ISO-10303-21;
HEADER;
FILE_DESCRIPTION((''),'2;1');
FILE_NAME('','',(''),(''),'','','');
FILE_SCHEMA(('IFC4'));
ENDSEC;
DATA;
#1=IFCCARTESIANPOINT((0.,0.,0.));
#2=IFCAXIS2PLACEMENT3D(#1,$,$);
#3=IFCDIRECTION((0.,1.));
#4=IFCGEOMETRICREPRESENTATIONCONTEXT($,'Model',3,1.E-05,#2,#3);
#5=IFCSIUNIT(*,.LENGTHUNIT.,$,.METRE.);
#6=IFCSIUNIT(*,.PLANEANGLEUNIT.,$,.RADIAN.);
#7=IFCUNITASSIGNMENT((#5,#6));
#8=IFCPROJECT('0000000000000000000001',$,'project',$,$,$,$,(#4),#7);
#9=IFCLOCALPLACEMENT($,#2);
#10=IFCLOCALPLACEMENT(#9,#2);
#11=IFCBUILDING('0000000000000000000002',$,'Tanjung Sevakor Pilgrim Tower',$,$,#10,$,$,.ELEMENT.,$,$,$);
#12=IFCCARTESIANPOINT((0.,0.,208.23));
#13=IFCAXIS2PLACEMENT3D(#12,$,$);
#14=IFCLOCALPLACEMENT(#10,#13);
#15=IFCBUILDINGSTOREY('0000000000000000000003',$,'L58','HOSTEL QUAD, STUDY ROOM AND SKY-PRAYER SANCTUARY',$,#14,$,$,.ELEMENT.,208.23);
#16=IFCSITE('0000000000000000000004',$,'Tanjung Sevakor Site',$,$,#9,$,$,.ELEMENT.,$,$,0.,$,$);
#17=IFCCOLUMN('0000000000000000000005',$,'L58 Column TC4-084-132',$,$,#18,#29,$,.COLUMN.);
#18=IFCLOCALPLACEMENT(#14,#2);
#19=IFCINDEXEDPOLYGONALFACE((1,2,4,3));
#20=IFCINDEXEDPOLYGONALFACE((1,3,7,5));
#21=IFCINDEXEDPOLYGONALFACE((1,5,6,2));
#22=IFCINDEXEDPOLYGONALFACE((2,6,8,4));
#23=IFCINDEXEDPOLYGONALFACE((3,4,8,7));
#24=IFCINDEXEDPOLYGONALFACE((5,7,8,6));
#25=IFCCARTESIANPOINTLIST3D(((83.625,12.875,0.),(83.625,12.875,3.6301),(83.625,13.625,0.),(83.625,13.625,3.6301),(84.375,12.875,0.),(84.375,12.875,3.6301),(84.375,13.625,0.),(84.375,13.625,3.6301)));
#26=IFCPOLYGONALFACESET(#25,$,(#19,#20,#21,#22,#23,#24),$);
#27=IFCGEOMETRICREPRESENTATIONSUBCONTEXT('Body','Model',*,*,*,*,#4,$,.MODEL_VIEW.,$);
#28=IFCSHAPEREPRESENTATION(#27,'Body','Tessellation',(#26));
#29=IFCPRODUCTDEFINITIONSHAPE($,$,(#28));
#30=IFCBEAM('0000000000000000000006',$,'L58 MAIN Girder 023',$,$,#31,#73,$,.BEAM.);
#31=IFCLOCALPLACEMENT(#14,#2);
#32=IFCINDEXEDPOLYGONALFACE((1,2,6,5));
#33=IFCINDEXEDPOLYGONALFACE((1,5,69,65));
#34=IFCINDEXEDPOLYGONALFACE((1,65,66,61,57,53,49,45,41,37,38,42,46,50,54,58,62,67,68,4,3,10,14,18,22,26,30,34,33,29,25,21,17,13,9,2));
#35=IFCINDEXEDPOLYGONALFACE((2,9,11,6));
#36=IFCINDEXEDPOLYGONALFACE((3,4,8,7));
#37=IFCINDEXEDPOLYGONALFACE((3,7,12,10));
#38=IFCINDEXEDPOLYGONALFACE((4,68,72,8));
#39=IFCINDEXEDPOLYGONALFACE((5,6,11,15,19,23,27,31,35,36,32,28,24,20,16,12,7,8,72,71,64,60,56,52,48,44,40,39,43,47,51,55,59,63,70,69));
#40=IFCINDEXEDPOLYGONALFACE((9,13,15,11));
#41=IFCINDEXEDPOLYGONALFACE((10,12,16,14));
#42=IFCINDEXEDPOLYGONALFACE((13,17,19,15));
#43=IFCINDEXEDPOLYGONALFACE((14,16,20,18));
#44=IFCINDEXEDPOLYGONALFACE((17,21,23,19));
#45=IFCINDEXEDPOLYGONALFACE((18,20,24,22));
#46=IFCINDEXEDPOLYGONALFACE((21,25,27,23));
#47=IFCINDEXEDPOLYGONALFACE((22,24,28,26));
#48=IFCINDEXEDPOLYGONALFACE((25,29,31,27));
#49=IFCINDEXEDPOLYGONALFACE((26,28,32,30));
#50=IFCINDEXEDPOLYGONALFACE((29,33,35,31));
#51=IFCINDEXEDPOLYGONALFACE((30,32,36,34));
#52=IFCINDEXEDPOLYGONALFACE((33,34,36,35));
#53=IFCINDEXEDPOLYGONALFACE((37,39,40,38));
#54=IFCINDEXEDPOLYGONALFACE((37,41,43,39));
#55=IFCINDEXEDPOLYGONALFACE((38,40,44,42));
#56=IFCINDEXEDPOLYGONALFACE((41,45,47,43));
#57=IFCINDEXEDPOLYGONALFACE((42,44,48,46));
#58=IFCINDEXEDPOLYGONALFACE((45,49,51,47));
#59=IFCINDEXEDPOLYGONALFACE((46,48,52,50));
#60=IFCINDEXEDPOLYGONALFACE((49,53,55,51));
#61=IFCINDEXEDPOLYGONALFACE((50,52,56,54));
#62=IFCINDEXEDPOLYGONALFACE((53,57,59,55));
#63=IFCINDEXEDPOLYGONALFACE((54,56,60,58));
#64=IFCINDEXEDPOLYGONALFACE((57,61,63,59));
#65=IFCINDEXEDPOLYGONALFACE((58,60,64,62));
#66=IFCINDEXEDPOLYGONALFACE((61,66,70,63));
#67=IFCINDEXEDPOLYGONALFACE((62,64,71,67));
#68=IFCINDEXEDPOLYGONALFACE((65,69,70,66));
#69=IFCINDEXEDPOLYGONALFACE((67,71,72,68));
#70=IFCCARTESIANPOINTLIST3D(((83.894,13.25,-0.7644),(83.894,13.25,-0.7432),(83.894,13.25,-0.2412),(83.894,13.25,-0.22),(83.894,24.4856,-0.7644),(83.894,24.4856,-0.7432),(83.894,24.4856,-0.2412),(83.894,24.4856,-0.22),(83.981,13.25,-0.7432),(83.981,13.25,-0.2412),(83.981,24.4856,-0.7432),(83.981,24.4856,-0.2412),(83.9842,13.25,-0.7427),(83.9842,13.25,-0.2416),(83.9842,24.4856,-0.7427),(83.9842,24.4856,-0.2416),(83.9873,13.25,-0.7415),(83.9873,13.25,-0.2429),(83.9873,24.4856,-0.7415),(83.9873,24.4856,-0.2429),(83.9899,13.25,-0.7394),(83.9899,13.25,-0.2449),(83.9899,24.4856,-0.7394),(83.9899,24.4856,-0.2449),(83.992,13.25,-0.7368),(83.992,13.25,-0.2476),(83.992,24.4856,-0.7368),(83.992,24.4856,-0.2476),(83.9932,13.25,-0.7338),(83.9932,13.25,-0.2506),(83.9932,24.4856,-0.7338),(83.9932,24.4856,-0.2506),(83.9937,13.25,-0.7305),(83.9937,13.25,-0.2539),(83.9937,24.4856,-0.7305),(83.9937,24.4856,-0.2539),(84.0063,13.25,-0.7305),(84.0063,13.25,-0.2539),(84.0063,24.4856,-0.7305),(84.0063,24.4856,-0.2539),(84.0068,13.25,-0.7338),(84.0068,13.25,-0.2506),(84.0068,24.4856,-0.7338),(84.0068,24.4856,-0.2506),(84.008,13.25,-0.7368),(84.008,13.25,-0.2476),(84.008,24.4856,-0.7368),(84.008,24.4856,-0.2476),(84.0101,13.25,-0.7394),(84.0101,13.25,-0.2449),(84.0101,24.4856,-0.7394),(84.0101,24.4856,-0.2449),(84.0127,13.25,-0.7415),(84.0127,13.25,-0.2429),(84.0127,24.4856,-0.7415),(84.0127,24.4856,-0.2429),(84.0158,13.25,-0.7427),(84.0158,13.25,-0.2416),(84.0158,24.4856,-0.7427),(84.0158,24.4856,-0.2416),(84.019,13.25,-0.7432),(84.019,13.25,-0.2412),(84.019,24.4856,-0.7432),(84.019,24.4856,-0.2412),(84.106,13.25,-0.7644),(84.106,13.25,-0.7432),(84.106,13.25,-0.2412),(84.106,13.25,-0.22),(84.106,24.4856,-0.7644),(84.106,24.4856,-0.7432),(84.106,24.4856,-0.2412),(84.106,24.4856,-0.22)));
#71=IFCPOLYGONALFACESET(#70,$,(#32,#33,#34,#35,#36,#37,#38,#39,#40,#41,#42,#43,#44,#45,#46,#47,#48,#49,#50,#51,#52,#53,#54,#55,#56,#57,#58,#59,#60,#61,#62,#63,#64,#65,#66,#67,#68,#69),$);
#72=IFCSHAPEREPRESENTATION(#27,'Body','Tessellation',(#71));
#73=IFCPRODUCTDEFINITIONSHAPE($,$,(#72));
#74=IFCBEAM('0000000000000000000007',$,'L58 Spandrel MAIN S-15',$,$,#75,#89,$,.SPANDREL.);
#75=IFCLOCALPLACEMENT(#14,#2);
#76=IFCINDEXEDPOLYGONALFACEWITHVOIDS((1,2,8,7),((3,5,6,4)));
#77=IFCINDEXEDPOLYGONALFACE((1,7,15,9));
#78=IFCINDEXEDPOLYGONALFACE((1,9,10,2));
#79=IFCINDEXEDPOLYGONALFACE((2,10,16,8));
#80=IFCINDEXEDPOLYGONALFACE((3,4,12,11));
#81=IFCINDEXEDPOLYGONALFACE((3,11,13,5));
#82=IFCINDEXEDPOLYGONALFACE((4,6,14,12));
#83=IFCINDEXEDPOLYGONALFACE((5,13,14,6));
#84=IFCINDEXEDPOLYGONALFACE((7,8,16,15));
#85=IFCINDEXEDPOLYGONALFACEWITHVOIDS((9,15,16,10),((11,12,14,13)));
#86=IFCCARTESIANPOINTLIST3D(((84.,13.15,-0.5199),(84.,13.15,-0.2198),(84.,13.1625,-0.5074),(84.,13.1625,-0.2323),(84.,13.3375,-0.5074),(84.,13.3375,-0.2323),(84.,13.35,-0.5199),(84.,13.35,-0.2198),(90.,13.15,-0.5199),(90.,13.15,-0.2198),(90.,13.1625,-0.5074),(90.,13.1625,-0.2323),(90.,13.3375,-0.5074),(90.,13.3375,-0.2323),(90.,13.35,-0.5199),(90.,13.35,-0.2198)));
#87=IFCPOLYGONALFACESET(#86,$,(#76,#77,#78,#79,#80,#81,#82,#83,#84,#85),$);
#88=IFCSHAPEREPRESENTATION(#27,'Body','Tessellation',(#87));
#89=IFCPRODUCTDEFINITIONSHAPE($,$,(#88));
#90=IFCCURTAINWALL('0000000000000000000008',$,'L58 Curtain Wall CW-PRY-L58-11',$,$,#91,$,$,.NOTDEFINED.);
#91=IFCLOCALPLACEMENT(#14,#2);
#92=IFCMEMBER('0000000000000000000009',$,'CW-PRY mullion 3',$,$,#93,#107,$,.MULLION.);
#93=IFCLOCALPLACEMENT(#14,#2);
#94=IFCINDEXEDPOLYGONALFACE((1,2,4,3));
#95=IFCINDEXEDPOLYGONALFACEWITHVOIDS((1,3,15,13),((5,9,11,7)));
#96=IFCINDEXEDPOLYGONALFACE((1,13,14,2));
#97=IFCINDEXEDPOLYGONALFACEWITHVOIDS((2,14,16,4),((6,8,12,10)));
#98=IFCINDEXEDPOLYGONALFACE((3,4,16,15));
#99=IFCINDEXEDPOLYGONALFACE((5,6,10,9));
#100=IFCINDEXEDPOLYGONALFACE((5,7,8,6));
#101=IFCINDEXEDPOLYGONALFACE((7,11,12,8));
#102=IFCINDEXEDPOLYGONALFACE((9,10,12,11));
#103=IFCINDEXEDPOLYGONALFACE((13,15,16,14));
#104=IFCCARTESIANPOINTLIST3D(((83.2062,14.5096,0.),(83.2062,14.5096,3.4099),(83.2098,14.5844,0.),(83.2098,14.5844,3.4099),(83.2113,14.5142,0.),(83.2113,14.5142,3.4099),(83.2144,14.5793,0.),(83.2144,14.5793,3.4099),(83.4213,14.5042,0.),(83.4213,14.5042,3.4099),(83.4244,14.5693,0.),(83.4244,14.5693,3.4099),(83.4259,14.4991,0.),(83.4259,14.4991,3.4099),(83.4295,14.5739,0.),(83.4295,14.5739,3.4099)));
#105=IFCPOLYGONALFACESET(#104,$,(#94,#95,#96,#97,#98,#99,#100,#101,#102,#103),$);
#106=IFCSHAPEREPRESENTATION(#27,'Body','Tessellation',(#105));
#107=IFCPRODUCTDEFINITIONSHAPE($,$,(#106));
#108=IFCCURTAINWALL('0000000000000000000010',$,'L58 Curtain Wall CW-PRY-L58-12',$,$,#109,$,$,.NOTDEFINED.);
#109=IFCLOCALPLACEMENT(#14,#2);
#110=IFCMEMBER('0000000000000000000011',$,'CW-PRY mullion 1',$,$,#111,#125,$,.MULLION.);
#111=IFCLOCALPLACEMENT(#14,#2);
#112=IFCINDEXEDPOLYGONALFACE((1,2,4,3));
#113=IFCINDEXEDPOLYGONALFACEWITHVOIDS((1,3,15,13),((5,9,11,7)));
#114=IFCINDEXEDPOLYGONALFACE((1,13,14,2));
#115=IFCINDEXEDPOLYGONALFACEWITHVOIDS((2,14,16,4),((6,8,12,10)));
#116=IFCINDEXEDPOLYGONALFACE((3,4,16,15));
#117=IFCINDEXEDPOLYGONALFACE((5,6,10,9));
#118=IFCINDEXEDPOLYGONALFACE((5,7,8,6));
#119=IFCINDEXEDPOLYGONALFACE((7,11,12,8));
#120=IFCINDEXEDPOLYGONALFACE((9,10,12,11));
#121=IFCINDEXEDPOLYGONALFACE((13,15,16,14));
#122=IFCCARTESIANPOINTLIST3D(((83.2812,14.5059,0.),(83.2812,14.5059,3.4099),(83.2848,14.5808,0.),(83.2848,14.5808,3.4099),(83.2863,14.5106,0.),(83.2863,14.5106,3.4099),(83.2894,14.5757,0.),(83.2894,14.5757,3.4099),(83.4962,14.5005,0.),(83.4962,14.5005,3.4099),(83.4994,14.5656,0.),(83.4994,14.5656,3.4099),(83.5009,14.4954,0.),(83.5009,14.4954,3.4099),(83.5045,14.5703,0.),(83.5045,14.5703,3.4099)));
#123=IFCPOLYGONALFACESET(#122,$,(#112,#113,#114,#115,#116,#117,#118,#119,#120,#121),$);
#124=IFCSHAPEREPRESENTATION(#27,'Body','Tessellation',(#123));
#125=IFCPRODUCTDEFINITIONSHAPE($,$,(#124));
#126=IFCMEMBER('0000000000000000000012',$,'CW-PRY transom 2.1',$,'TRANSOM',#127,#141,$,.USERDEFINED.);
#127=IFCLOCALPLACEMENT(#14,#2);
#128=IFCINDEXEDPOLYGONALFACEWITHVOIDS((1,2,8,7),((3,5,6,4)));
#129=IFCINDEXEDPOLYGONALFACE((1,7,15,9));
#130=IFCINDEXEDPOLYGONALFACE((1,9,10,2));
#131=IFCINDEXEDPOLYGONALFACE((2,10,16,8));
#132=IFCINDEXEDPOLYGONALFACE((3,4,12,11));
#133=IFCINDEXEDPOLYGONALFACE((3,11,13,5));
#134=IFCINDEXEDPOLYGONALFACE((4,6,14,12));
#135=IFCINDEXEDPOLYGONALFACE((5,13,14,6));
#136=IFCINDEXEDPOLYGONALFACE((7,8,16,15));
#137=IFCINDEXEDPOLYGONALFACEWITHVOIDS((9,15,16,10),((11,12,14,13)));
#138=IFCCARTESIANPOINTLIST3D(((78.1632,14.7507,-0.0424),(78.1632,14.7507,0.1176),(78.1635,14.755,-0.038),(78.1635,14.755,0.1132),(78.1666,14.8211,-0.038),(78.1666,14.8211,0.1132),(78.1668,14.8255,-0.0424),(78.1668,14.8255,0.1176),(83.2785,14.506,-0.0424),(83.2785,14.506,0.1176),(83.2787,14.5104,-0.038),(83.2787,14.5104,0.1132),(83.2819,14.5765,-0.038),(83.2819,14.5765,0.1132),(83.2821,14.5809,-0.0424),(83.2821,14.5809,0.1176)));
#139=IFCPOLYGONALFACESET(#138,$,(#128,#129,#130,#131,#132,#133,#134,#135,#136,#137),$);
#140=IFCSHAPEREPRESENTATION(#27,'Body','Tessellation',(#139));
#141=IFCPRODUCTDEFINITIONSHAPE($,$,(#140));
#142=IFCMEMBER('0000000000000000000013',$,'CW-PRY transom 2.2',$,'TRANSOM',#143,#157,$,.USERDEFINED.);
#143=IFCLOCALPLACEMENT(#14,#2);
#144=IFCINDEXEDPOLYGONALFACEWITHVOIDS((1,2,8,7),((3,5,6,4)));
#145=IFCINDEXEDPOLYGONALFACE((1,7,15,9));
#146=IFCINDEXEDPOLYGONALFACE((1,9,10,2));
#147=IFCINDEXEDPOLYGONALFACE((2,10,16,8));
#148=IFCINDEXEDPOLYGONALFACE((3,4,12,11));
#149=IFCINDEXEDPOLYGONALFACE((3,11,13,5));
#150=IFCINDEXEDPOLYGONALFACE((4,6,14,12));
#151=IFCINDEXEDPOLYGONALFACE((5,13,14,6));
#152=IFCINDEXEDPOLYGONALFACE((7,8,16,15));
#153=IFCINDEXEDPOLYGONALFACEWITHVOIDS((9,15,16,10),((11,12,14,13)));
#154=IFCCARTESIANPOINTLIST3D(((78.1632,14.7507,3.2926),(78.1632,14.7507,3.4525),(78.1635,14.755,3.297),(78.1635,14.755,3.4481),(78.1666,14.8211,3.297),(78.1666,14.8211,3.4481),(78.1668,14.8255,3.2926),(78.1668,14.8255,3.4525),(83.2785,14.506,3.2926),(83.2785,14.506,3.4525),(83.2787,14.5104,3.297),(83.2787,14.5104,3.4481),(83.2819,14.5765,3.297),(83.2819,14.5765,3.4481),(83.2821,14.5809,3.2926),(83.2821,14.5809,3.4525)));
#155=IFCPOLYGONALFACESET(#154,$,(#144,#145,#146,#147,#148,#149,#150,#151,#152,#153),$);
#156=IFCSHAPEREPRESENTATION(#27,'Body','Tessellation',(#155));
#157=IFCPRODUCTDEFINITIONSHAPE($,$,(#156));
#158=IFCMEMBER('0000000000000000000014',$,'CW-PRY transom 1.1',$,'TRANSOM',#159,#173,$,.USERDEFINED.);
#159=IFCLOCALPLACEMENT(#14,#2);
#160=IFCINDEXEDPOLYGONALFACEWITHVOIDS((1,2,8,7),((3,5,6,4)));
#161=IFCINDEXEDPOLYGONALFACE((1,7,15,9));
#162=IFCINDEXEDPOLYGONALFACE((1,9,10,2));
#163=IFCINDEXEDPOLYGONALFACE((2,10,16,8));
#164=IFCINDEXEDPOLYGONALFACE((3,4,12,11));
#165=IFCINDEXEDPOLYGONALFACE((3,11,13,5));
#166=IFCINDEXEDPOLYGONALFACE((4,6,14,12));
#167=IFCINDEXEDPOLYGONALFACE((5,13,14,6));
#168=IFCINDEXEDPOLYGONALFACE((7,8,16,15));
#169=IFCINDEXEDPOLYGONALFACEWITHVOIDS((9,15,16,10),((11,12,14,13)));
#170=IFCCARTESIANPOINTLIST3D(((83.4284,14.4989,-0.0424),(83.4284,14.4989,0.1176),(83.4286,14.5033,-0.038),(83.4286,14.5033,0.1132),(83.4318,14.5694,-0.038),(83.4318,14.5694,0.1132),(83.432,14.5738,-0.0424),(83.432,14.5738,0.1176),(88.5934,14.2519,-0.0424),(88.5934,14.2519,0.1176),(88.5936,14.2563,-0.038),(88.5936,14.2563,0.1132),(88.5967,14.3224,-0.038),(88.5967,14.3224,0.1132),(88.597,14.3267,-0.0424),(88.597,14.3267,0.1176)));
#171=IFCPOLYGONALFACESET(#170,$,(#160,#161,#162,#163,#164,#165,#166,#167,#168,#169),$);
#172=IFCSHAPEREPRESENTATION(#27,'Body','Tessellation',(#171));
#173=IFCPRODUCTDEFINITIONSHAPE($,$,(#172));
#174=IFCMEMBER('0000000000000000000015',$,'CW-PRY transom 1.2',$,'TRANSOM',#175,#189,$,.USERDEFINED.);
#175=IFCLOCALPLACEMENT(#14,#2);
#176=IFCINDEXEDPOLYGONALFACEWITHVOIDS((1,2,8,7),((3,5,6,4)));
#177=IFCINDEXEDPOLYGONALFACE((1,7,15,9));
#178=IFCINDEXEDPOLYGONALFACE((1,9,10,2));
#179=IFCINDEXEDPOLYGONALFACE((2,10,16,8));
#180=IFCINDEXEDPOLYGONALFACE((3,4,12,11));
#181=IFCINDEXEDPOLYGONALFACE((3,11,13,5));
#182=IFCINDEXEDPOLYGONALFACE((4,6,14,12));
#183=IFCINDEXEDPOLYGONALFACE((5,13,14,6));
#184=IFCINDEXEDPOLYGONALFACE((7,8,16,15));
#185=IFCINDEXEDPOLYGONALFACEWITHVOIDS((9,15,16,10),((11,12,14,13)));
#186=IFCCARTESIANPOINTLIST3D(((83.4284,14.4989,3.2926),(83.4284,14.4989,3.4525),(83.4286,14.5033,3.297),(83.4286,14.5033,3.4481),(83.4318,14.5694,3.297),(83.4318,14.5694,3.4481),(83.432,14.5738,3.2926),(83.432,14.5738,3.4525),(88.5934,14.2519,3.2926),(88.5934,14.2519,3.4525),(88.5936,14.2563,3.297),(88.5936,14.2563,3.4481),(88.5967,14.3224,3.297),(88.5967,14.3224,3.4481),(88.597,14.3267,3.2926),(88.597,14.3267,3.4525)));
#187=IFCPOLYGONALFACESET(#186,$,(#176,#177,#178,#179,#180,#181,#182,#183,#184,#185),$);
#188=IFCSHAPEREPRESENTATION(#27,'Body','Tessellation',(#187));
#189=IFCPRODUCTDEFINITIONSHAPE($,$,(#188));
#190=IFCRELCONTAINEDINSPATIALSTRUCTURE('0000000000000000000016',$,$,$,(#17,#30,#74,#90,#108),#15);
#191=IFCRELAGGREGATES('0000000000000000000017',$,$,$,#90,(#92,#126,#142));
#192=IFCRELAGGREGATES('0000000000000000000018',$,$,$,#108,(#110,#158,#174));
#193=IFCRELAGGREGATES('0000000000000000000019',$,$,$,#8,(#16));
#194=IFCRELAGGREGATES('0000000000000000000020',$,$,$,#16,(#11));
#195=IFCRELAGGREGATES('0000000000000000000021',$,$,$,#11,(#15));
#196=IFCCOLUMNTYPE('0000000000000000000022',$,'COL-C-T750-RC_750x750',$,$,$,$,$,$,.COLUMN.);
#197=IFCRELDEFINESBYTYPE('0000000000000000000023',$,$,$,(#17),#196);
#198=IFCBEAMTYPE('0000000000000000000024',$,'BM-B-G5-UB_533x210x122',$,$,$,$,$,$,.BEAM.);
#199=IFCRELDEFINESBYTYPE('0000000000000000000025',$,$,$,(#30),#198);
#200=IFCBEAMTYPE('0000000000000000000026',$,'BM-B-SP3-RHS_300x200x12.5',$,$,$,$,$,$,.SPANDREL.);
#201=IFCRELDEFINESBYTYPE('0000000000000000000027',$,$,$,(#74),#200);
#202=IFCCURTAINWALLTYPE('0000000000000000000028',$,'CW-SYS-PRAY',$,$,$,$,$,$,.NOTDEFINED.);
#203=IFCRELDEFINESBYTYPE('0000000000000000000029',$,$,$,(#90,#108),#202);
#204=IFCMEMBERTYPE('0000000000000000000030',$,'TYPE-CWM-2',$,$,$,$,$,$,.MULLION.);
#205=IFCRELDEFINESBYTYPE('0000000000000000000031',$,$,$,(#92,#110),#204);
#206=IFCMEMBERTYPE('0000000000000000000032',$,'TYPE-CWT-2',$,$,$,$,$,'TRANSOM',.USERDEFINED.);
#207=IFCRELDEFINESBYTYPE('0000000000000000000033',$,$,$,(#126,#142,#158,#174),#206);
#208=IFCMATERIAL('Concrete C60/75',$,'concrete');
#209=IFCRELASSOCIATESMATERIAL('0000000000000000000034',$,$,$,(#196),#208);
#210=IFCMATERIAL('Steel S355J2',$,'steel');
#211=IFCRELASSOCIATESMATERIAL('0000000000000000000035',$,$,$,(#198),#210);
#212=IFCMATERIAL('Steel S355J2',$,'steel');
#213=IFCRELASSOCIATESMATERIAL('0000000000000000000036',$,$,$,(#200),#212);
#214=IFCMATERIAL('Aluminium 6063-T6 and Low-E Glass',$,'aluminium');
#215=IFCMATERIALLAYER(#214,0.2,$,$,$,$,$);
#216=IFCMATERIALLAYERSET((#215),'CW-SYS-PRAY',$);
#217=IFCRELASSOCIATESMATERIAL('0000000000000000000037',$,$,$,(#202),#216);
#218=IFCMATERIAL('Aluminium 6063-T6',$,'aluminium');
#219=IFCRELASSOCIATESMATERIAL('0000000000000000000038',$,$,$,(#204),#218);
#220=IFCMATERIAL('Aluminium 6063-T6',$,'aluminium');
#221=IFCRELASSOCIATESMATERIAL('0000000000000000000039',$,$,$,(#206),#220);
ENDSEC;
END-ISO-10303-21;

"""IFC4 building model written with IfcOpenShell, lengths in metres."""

from ifc_helpers import new_model, si_unit, direction, frame, origin, origin_2d, place, context, subcontext, project, spatial, rectangle, hollow_rectangle, i_section, extrude, material, layer, layer_set, material_profile, profile_set, type_object, element, aggregate, save


model = new_model("IFC4")

# Units and contexts
model_context = context("Model", 3, precision=1e-05, world=origin(), true_north=direction((0.0, 1.0)))
body_context = subcontext(model_context, "Body", "Model", "MODEL_VIEW")
ifc_project = project(units=[si_unit("LENGTHUNIT", "METRE"), si_unit("PLANEANGLEUNIT", "RADIAN")], contexts=[model_context])

# Site, building, storey
site_placement = place(None, origin())
site = spatial("IfcSite", under=ifc_project, at=site_placement, Name="Tanjung Sevakor Site", CompositionType="ELEMENT", RefElevation=0.0)
building_placement = place(site_placement, origin())
building = spatial("IfcBuilding", under=site, at=building_placement, Name="Tanjung Sevakor Pilgrim Tower", CompositionType="ELEMENT")
storey_placement = place(building_placement, frame((0.0, 0.0, 208.23)))
storey = spatial("IfcBuildingStorey", under=building, at=storey_placement, Name="L58", Description="HOSTEL QUAD, STUDY ROOM AND SKY-PRAYER SANCTUARY", CompositionType="ELEMENT", Elevation=208.23)

# Column
ifc_material_1 = material(Name="Concrete C60/75", Category="concrete")
ifc_material_profile_1 = material_profile(ifc_material_1, rectangle(XDim=0.75, YDim=0.75, at=origin_2d()))
ifc_profile_set_1 = profile_set([ifc_material_profile_1], Name="Concrete C60/75")
column_type = type_object("IfcColumnType", Name="COL-C-T750-RC_750x750", PredefinedType="COLUMN", material=ifc_profile_set_1)
column_placement = place(storey_placement, frame((84.0, 13.25, 0.0), z_axis=(0.0, 0.0, 1.0), x_axis=(1.0, 0.0, 0.0)))
element("IfcColumn", 1, at=column_placement, inside=storey, type_object=column_type, Name="L58 Column TC4-084-132", PredefinedType="COLUMN", context=body_context, shape_type="SweptSolid", body=[
    extrude(rectangle(XDim=0.75, YDim=0.75, at=origin_2d()), origin(), (0.0, 0.0, 1.0), 3.6301),
])

# Beams
ifc_material_2 = material(Name="Steel S355J2", Category="steel")
ifc_material_profile_2 = material_profile(ifc_material_2, i_section(OverallWidth=0.2119, OverallDepth=0.5444, WebThickness=0.0127, FlangeThickness=0.0212, FilletRadius=0.0127, at=origin_2d()))
ifc_profile_set_2 = profile_set([ifc_material_profile_2], Name="Steel S355J2")
beam_type_1 = type_object("IfcBeamType", Name="BM-B-G5-UB_533x210x122", PredefinedType="BEAM", material=ifc_profile_set_2)
beam_1_placement = place(storey_placement, frame((84.0, 13.25, -0.4922), z_axis=(0.0, 1.0, 0.0), x_axis=(-1.0, 0.0, 0.0)))
element("IfcBeam", 2, at=beam_1_placement, inside=storey, type_object=beam_type_1, Name="L58 MAIN Girder 023", PredefinedType="BEAM", context=body_context, shape_type="SweptSolid", body=[
    extrude(i_section(OverallWidth=0.2119, OverallDepth=0.5444, WebThickness=0.0127, FlangeThickness=0.0212, FilletRadius=0.0127, at=origin_2d()), origin(), (0.0, 0.0, 1.0), 11.2356),
])
ifc_material_3 = material(Name="Steel S355J2", Category="steel")
ifc_material_profile_3 = material_profile(ifc_material_3, hollow_rectangle(XDim=0.2, YDim=0.3, WallThickness=0.0125, at=origin_2d()))
ifc_profile_set_3 = profile_set([ifc_material_profile_3], Name="Steel S355J2")
beam_type_2 = type_object("IfcBeamType", Name="BM-B-SP3-RHS_300x200x12.5", PredefinedType="SPANDREL", material=ifc_profile_set_3)
beam_2_placement = place(storey_placement, frame((84.0, 13.25, -0.3699), z_axis=(1.0, 0.0, 0.0), x_axis=(0.0, 1.0, 0.0)))
element("IfcBeam", 3, at=beam_2_placement, inside=storey, type_object=beam_type_2, Name="L58 Spandrel MAIN S-15", PredefinedType="SPANDREL", context=body_context, shape_type="SweptSolid", body=[
    extrude(hollow_rectangle(XDim=0.2, YDim=0.3, WallThickness=0.0125, at=origin_2d()), origin(), (0.0, 0.0, 1.0), 6.0),
])

# Curtain walls, members
ifc_material_4 = material(Name="Aluminium 6063-T6 and Low-E Glass", Category="aluminium")
ifc_layer_1 = layer(ifc_material_4, 0.2)
ifc_layer_set_1 = layer_set([ifc_layer_1], Name="CW-SYS-PRAY")
curtain_wall_type = type_object("IfcCurtainWallType", Name="CW-SYS-PRAY", PredefinedType="NOTDEFINED", material=ifc_layer_set_1)
curtain_wall_1_placement = place(storey_placement, origin())
curtain_wall_1 = element("IfcCurtainWall", 4, at=curtain_wall_1_placement, inside=storey, type_object=curtain_wall_type, Name="L58 Curtain Wall CW-PRY-L58-11", PredefinedType="NOTDEFINED")
ifc_material_5 = material(Name="Aluminium 6063-T6", Category="aluminium")
ifc_material_profile_4 = material_profile(ifc_material_5, hollow_rectangle(XDim=0.075, YDim=0.22, WallThickness=0.0049, at=origin_2d()))
ifc_profile_set_4 = profile_set([ifc_material_profile_4], Name="Aluminium 6063-T6")
member_type_1 = type_object("IfcMemberType", Name="TYPE-CWM-2", PredefinedType="MULLION", material=ifc_profile_set_4)
member_1_placement = place(storey_placement, frame((83.3179, 14.5417, 0.0), z_axis=(0.0, 0.0, 1.0), x_axis=(0.047787, 0.998858, 0.0)))
member_1 = element("IfcMember", 5, at=member_1_placement, type_object=member_type_1, Name="CW-PRY mullion 3", PredefinedType="MULLION", context=body_context, shape_type="SweptSolid", body=[
    extrude(hollow_rectangle(XDim=0.075, YDim=0.22, WallThickness=0.0049, at=origin_2d()), origin(), (0.0, 0.0, 1.0), 3.4099),
])
curtain_wall_2_placement = place(storey_placement, origin())
curtain_wall_2 = element("IfcCurtainWall", 6, at=curtain_wall_2_placement, inside=storey, type_object=curtain_wall_type, Name="L58 Curtain Wall CW-PRY-L58-12", PredefinedType="NOTDEFINED")
member_2_placement = place(storey_placement, frame((83.3928, 14.5381, 0.0), z_axis=(0.0, 0.0, 1.0), x_axis=(0.047791, 0.998857, 0.0)))
member_2 = element("IfcMember", 7, at=member_2_placement, type_object=member_type_1, Name="CW-PRY mullion 1", PredefinedType="MULLION", context=body_context, shape_type="SweptSolid", body=[
    extrude(hollow_rectangle(XDim=0.075, YDim=0.22, WallThickness=0.0049, at=origin_2d()), origin(), (0.0, 0.0, 1.0), 3.4099),
])

# Members
ifc_material_6 = material(Name="Aluminium 6063-T6", Category="aluminium")
ifc_material_profile_5 = material_profile(ifc_material_6, hollow_rectangle(XDim=0.075, YDim=0.1599, WallThickness=0.0044, at=origin_2d()))
ifc_profile_set_5 = profile_set([ifc_material_profile_5], Name="Aluminium 6063-T6")
member_type_2 = type_object("IfcMemberType", Name="TYPE-CWT-2", ElementType="TRANSOM", PredefinedType="USERDEFINED", material=ifc_profile_set_5)
member_3_placement = place(storey_placement, frame((78.165, 14.7881, 0.0376), z_axis=(0.998858, -0.047769, 0.0), x_axis=(0.047769, 0.998858, 0.0)))
member_3 = element("IfcMember", 8, at=member_3_placement, type_object=member_type_2, Name="CW-PRY transom 2.1", ObjectType="TRANSOM", PredefinedType="USERDEFINED", context=body_context, shape_type="SweptSolid", body=[
    extrude(hollow_rectangle(XDim=0.075, YDim=0.1599, WallThickness=0.0044, at=origin_2d()), origin(), (0.0, 0.0, 1.0), 5.1211),
])
member_4_placement = place(storey_placement, frame((78.165, 14.7881, 3.3726), z_axis=(0.998858, -0.047769, 0.0), x_axis=(0.047769, 0.998858, 0.0)))
member_4 = element("IfcMember", 9, at=member_4_placement, type_object=member_type_2, Name="CW-PRY transom 2.2", ObjectType="TRANSOM", PredefinedType="USERDEFINED", context=body_context, shape_type="SweptSolid", body=[
    extrude(hollow_rectangle(XDim=0.075, YDim=0.1599, WallThickness=0.0044, at=origin_2d()), origin(), (0.0, 0.0, 1.0), 5.1211),
])
member_5_placement = place(storey_placement, frame((83.4302, 14.5364, 0.0376), z_axis=(0.998858, -0.04778, 0.0), x_axis=(0.04778, 0.998858, 0.0)))
member_5 = element("IfcMember", 10, at=member_5_placement, type_object=member_type_2, Name="CW-PRY transom 1.1", ObjectType="TRANSOM", PredefinedType="USERDEFINED", context=body_context, shape_type="SweptSolid", body=[
    extrude(hollow_rectangle(XDim=0.075, YDim=0.1599, WallThickness=0.0044, at=origin_2d()), origin(), (0.0, 0.0, 1.0), 5.1709),
])
member_6_placement = place(storey_placement, frame((83.4302, 14.5364, 3.3726), z_axis=(0.998858, -0.04778, 0.0), x_axis=(0.04778, 0.998858, 0.0)))
member_6 = element("IfcMember", 11, at=member_6_placement, type_object=member_type_2, Name="CW-PRY transom 1.2", ObjectType="TRANSOM", PredefinedType="USERDEFINED", context=body_context, shape_type="SweptSolid", body=[
    extrude(hollow_rectangle(XDim=0.075, YDim=0.1599, WallThickness=0.0044, at=origin_2d()), origin(), (0.0, 0.0, 1.0), 5.1709),
])

aggregate(curtain_wall_1, [member_1, member_3, member_4])
aggregate(curtain_wall_2, [member_2, member_5, member_6])

save(model, "model.ifc")
